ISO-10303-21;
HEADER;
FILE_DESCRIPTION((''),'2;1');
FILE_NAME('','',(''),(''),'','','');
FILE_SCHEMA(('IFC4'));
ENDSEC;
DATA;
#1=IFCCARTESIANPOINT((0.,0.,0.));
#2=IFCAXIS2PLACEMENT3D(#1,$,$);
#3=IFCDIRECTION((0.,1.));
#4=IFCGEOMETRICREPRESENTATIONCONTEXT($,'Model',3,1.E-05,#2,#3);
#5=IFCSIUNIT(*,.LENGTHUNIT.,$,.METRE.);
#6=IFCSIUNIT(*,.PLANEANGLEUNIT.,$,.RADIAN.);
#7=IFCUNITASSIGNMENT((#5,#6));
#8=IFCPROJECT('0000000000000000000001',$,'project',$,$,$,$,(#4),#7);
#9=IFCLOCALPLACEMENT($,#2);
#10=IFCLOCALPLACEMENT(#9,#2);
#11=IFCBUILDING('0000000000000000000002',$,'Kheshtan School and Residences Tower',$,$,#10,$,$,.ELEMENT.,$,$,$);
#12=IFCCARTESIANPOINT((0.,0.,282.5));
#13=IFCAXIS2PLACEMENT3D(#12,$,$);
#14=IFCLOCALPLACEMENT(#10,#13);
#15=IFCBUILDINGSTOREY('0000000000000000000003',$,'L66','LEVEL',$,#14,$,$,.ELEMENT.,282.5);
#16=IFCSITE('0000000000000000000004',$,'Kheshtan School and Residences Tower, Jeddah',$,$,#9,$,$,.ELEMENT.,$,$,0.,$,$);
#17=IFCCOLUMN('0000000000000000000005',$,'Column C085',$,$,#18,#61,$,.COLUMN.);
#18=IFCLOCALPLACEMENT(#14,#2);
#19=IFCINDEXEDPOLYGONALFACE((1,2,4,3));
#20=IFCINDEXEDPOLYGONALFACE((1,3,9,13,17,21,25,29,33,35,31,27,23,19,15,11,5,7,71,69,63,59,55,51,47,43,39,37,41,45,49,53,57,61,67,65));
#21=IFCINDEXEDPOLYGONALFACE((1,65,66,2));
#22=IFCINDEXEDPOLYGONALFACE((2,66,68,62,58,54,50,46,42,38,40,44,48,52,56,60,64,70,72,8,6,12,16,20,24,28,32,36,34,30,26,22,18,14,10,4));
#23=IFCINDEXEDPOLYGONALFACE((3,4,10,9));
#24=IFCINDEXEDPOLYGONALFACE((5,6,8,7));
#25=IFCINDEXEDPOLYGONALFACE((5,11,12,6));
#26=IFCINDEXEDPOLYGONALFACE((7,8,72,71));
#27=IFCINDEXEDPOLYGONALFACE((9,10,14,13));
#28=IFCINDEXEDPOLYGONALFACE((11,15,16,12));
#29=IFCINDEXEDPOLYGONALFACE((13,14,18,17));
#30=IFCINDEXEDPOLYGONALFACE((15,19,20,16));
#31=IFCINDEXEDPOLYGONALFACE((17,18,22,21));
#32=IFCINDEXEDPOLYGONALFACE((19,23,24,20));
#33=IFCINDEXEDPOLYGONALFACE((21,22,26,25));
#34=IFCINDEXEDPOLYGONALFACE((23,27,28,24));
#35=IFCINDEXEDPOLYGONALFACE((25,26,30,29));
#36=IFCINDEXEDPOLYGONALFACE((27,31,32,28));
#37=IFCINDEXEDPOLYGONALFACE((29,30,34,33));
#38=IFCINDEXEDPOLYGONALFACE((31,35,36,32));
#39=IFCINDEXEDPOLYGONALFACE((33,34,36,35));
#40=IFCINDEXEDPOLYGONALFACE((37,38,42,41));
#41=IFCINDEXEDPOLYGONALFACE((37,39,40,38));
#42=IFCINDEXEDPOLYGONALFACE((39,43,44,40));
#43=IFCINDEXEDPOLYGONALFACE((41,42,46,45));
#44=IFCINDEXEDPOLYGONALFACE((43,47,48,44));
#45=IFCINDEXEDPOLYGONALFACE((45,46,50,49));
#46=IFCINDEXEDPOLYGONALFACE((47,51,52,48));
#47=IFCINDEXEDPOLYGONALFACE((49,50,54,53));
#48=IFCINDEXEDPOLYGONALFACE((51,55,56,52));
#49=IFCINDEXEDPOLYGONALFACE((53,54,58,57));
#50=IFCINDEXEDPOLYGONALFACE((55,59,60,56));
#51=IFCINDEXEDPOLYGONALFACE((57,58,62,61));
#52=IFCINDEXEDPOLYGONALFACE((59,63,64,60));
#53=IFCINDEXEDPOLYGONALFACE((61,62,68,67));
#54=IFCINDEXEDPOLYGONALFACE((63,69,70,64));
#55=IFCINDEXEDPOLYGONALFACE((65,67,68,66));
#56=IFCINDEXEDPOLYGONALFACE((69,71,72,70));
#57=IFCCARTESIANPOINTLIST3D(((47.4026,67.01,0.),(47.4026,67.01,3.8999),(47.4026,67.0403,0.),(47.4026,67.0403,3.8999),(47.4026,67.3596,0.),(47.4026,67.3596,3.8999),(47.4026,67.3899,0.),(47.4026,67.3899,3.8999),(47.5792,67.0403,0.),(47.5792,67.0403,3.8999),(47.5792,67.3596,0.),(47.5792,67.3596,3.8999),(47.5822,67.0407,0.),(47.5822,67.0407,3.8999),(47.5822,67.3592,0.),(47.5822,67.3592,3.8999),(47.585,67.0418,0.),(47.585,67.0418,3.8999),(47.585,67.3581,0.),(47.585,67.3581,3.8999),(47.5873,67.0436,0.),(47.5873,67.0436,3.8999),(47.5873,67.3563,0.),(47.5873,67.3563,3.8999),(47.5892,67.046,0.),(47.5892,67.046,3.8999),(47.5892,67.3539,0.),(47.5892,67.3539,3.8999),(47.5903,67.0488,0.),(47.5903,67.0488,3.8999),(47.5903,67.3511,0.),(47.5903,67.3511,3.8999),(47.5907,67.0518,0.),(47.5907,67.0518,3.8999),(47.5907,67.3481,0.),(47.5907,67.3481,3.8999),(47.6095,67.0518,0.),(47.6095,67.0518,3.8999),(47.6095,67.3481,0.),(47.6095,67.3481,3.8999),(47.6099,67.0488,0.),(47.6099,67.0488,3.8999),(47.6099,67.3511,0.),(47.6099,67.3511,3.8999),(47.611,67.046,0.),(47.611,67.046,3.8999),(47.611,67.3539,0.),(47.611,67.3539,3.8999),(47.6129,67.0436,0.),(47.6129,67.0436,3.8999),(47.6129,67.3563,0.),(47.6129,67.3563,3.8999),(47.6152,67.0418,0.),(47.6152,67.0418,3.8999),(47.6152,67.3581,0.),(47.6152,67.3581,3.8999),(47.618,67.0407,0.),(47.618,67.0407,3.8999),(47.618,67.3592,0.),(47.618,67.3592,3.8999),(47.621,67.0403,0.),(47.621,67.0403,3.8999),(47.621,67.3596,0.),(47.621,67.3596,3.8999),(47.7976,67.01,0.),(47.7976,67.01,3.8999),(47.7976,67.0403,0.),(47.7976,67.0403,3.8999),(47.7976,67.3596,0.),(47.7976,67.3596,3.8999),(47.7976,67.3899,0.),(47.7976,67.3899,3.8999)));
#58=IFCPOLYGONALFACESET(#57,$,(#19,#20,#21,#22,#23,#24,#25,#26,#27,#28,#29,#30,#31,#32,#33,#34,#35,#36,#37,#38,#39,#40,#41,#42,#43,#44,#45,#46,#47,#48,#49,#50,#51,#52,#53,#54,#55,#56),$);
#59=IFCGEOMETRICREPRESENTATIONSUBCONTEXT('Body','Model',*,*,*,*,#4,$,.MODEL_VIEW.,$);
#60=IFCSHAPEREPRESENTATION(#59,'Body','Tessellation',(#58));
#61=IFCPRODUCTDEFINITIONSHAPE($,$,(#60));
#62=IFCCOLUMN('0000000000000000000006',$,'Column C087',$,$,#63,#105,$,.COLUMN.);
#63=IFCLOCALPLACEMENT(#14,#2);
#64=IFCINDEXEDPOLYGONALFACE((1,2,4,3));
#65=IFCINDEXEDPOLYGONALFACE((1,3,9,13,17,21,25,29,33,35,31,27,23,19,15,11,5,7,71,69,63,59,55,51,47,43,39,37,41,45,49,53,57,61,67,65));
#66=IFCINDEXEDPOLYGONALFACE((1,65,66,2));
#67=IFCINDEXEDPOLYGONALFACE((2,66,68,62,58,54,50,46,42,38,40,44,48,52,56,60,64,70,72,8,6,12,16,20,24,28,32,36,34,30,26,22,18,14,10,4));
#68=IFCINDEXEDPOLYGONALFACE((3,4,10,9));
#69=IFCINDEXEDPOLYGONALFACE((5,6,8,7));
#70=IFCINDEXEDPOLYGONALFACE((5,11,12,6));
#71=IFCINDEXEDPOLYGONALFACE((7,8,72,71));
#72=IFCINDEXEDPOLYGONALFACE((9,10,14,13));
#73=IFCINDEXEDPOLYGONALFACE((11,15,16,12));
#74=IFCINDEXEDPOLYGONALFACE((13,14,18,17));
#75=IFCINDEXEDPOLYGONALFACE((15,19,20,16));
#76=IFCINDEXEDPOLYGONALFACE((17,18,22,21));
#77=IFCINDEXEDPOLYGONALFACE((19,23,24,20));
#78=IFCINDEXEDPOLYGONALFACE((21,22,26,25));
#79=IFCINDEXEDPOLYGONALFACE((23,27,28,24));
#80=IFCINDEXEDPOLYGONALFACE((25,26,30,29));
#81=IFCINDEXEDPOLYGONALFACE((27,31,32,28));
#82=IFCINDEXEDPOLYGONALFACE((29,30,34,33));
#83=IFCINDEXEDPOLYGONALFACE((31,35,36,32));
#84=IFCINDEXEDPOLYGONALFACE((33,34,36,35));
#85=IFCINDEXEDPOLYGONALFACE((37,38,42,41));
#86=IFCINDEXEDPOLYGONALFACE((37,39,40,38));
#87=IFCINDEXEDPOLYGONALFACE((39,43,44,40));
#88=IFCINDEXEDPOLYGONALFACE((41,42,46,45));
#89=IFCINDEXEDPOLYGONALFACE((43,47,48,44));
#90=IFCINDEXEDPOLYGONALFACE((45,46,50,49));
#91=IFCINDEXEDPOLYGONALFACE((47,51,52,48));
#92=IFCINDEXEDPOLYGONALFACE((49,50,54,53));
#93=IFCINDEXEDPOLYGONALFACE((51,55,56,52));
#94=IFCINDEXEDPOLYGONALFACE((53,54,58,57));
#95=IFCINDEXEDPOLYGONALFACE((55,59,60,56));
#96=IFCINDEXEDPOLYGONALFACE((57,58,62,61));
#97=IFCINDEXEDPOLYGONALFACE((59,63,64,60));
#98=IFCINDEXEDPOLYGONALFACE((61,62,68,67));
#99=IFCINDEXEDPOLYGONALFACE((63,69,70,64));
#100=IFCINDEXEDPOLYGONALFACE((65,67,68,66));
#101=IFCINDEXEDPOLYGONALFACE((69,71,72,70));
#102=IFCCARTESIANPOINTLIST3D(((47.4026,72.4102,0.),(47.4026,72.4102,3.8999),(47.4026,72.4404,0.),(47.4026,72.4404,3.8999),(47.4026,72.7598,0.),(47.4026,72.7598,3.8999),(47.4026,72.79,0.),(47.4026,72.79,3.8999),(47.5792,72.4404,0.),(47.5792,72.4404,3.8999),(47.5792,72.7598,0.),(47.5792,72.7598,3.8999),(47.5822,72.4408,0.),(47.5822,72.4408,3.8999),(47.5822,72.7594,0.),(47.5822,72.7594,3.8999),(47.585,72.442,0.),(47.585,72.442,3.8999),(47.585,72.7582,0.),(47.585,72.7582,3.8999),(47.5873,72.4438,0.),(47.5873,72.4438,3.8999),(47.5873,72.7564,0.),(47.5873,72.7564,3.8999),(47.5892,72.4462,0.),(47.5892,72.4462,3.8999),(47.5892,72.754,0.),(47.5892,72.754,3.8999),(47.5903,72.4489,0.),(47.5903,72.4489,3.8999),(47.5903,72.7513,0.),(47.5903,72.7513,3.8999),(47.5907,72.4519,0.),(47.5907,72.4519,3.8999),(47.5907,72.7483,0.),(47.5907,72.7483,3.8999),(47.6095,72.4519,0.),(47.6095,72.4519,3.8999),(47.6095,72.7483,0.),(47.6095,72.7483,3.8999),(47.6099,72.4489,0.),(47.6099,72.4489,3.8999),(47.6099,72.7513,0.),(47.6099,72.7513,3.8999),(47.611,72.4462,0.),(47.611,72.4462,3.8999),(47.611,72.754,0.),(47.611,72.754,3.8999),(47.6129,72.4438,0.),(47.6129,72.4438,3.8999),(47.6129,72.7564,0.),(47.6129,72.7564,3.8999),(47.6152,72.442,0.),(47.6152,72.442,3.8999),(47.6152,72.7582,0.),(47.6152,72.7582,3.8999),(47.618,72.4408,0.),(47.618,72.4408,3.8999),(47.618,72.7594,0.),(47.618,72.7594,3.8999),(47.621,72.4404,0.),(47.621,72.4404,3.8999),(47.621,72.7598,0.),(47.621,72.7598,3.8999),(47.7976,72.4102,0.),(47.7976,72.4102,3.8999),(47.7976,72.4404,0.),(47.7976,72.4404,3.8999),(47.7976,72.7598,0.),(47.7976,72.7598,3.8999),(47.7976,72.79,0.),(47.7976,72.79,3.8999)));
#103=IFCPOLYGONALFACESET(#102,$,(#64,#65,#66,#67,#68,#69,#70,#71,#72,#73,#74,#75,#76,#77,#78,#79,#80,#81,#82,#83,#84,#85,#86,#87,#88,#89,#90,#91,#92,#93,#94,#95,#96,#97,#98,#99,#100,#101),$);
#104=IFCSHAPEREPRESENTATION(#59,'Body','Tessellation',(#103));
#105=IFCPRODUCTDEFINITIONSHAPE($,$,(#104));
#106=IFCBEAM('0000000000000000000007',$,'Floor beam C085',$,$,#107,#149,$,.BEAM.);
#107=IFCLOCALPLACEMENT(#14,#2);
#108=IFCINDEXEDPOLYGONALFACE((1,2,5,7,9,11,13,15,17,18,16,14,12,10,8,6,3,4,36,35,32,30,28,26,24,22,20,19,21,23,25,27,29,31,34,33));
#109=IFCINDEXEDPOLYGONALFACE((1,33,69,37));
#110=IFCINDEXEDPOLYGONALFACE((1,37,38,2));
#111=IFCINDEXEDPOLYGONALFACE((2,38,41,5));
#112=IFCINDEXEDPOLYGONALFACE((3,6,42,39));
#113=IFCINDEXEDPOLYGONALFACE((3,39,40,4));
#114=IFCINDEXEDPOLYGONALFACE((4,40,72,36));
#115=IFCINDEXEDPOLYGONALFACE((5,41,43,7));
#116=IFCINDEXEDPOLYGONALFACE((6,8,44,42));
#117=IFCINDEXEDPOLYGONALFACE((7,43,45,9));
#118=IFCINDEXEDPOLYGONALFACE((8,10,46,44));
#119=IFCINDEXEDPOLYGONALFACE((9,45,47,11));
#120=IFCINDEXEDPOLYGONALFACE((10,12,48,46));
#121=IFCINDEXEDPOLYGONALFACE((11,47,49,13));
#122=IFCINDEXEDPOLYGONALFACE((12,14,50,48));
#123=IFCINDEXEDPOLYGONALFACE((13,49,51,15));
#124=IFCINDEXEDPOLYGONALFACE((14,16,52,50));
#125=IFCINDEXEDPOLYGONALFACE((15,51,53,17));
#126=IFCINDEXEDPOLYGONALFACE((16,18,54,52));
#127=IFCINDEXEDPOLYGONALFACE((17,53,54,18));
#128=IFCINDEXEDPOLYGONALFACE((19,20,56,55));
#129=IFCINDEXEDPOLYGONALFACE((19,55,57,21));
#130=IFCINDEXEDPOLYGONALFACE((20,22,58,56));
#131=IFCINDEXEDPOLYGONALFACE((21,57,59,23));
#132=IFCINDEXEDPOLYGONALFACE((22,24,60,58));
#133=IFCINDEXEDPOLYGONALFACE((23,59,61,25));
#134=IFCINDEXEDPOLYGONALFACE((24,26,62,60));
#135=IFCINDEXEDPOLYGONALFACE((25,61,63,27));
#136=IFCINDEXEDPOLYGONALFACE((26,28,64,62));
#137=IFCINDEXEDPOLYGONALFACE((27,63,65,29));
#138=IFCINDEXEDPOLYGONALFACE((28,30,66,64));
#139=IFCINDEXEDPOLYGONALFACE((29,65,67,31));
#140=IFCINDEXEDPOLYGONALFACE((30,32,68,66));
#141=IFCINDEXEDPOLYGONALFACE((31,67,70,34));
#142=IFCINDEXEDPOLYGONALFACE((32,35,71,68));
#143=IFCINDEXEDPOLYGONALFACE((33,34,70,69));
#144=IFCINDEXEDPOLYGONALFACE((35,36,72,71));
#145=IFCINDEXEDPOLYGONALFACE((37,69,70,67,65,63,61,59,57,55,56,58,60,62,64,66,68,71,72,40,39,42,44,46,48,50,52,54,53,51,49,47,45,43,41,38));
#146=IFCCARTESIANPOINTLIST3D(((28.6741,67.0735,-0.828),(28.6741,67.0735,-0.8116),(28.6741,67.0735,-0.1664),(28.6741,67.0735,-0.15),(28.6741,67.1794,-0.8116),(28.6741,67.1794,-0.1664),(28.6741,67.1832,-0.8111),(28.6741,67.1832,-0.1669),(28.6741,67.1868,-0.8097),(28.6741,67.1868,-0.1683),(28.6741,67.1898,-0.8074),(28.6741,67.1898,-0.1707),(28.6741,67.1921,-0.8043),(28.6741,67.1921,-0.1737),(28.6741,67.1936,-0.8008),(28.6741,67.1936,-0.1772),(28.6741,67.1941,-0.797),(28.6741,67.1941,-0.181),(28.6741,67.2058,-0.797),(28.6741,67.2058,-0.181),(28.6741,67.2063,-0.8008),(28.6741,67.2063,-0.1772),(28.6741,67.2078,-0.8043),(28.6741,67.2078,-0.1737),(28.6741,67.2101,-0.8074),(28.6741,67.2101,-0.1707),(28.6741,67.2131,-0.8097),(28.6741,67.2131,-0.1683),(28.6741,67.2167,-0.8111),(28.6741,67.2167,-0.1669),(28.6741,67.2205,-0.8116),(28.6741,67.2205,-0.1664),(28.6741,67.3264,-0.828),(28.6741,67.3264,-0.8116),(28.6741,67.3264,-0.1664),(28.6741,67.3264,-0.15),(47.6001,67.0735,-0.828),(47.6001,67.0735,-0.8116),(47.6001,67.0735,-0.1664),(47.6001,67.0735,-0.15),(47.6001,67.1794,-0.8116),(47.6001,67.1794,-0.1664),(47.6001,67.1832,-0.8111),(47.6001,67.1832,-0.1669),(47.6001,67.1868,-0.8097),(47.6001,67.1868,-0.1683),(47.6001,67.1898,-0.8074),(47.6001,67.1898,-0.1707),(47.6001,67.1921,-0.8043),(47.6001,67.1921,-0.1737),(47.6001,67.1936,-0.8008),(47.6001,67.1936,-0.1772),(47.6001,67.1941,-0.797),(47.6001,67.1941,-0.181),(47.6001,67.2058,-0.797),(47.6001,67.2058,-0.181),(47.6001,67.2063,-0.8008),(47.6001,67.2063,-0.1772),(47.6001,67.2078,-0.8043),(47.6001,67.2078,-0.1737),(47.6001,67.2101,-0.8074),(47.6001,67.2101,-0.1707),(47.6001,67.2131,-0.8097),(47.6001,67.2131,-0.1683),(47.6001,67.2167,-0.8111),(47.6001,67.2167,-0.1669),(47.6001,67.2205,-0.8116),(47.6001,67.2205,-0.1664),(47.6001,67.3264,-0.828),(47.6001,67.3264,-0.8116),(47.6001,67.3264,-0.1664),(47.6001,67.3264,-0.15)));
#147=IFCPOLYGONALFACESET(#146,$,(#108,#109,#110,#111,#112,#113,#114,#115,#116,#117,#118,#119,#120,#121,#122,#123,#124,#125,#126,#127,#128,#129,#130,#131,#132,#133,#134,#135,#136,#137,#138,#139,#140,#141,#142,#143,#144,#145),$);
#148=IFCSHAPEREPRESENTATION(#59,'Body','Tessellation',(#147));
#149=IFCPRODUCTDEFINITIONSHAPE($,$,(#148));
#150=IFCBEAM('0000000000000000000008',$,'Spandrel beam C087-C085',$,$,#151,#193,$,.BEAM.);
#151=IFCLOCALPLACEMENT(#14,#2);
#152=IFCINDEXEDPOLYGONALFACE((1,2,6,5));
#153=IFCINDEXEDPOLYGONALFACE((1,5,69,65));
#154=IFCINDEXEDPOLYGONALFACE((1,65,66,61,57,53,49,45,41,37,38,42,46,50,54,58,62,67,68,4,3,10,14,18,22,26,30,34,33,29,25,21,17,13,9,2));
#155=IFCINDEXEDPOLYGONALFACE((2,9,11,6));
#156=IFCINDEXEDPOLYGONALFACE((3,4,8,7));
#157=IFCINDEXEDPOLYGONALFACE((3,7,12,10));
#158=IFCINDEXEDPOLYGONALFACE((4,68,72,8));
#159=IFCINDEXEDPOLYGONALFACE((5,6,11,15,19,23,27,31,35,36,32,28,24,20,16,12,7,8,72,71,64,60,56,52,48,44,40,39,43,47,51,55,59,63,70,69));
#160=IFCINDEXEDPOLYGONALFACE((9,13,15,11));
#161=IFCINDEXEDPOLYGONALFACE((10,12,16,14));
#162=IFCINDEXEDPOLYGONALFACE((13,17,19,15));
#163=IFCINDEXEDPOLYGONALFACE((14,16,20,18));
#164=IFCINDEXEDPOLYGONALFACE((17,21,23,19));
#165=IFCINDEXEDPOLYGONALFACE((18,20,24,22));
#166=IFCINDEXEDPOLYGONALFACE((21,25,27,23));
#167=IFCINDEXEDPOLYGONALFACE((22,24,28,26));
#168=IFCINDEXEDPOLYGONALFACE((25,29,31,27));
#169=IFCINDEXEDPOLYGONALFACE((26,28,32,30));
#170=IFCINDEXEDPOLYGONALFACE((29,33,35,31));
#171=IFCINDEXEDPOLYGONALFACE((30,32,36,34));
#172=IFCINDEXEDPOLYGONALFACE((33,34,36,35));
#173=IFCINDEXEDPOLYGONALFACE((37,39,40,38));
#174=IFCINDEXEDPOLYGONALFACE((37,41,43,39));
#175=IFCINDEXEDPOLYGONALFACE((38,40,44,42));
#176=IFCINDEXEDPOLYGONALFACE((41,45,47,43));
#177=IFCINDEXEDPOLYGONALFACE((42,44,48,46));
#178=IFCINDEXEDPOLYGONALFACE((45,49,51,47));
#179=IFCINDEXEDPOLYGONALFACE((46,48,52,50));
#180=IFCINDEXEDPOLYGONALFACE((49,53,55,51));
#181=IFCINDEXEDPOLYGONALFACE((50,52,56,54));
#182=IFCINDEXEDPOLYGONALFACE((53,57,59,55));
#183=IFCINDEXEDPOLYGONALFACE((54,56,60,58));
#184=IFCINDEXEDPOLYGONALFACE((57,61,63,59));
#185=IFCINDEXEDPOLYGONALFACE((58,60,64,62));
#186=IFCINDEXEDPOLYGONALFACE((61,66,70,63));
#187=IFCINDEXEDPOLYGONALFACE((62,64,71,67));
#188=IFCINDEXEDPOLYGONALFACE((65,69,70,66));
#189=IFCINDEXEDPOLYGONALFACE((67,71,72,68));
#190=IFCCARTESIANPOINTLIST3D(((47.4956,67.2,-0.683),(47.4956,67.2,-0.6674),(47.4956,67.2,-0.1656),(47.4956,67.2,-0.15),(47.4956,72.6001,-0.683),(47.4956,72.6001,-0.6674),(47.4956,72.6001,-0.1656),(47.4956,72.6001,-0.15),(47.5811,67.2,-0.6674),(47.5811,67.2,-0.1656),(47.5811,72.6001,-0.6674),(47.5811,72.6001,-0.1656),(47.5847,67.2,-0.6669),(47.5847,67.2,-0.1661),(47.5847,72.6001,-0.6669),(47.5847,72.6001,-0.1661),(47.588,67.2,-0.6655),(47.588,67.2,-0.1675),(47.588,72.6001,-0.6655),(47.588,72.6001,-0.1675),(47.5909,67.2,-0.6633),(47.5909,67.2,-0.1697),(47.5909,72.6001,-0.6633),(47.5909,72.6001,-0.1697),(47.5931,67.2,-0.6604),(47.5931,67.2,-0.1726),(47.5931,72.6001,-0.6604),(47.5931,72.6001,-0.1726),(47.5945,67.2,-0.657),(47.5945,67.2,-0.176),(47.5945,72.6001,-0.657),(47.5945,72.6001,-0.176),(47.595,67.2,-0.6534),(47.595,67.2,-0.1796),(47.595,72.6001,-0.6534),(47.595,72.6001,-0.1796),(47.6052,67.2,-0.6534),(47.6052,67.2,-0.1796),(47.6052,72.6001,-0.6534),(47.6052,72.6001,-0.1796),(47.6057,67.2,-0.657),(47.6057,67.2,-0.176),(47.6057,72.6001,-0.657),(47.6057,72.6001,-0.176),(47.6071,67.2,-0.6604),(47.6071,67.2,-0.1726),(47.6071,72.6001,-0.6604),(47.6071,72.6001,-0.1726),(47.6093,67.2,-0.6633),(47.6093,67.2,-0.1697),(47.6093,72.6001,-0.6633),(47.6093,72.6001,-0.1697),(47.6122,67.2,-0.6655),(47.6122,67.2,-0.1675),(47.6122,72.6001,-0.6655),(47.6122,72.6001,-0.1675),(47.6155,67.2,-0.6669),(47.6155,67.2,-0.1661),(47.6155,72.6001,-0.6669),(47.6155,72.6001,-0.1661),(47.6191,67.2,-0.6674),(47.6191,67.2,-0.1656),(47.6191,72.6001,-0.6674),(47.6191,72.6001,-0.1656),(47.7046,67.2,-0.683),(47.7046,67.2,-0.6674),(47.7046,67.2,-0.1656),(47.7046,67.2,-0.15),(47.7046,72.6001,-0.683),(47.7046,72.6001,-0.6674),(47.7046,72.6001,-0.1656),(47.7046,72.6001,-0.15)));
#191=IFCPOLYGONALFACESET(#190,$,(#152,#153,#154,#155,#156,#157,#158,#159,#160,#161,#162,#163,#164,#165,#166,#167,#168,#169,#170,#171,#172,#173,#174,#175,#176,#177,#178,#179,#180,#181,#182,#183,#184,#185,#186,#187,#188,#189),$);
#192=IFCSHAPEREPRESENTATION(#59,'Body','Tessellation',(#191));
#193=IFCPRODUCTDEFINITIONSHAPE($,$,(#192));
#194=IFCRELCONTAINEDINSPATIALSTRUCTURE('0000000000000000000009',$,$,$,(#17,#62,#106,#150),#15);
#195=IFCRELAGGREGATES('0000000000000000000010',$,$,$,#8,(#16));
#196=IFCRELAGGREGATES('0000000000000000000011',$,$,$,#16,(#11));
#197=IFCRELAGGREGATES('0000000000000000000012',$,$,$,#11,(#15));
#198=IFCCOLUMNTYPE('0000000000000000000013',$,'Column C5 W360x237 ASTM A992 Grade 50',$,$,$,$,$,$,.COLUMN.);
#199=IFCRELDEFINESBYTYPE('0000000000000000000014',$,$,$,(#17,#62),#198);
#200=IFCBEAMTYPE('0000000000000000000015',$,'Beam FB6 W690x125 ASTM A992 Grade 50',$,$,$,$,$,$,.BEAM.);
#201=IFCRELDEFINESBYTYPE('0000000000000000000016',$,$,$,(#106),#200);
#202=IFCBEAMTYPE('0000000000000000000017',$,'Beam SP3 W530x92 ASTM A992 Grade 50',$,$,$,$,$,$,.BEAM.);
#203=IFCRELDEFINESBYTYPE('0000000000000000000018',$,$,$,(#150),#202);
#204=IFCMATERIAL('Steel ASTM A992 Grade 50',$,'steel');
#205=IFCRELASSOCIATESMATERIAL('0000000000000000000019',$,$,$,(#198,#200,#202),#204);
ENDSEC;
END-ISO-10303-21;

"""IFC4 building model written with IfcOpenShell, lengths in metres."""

from ifc_helpers import new_model, si_unit, direction, frame, origin, origin_2d, place, context, subcontext, project, spatial, i_section, extrude, material, material_profile, profile_set, type_object, element, save


model = new_model("IFC4")

# Units and contexts
model_context = context("Model", 3, precision=1e-05, world=origin(), true_north=direction((0.0, 1.0)))
body_context = subcontext(model_context, "Body", "Model", "MODEL_VIEW")
ifc_project = project(units=[si_unit("LENGTHUNIT", "METRE"), si_unit("PLANEANGLEUNIT", "RADIAN")], contexts=[model_context])

# Site, building, storey
site_placement = place(None, origin())
site = spatial("IfcSite", under=ifc_project, at=site_placement, Name="Kheshtan School and Residences Tower, Jeddah", CompositionType="ELEMENT", RefElevation=0.0)
building_placement = place(site_placement, origin())
building = spatial("IfcBuilding", under=site, at=building_placement, Name="Kheshtan School and Residences Tower", CompositionType="ELEMENT")
storey_placement = place(building_placement, frame((0.0, 0.0, 282.5)))
storey = spatial("IfcBuildingStorey", under=building, at=storey_placement, Name="L66", Description="LEVEL", CompositionType="ELEMENT", Elevation=282.5)

# Columns
ifc_material_1 = material(Name="Steel ASTM A992 Grade 50", Category="steel")
ifc_material_profile_1 = material_profile(ifc_material_1, i_section(OverallWidth=0.395, OverallDepth=0.3799, WebThickness=0.0188, FlangeThickness=0.0303, FilletRadius=0.0115, at=origin_2d()), Name="W360x237")
ifc_profile_set_1 = profile_set([ifc_material_profile_1], Name="Steel ASTM A992 Grade 50")
column_type = type_object("IfcColumnType", Name="Column C5 W360x237 ASTM A992 Grade 50", PredefinedType="COLUMN", material=ifc_profile_set_1)
for number, where, z_axis, x_axis, name in (
    (1, (47.6001, 67.2, 0.0), (0.0, 0.0, 1.0), (1.0, 0.0, 0.0), "Column C085"),
    (2, (47.6001, 72.6001, 0.0), (0.0, 0.0, 1.0), (1.0, 0.0, 0.0), "Column C087"),
):
    element("IfcColumn", number, at=place(storey_placement, frame(where, z_axis=z_axis, x_axis=x_axis)), inside=storey, type_object=column_type, Name=name, PredefinedType="COLUMN", context=body_context, shape_type="SweptSolid", body=[
        extrude(i_section(OverallWidth=0.395, OverallDepth=0.3799, WebThickness=0.0188, FlangeThickness=0.0303, FilletRadius=0.0115, at=origin_2d()), origin(), (0.0, 0.0, 1.0), 3.8999),
    ])

# Beams
ifc_material_profile_2 = material_profile(ifc_material_1, i_section(OverallWidth=0.2529, OverallDepth=0.678, WebThickness=0.0117, FlangeThickness=0.0164, FilletRadius=0.0146, at=origin_2d()), Name="W690x125")
ifc_profile_set_2 = profile_set([ifc_material_profile_2], Name="Steel ASTM A992 Grade 50")
beam_type_1 = type_object("IfcBeamType", Name="Beam FB6 W690x125 ASTM A992 Grade 50", PredefinedType="BEAM", material=ifc_profile_set_2)
beam_1_placement = place(storey_placement, frame((47.6001, 67.2, -0.489), z_axis=(-1.0, 0.0, 0.0), x_axis=(0.0, -1.0, 0.0)))
element("IfcBeam", 3, at=beam_1_placement, inside=storey, type_object=beam_type_1, Name="Floor beam C085", PredefinedType="BEAM", context=body_context, shape_type="SweptSolid", body=[
    extrude(i_section(OverallWidth=0.2529, OverallDepth=0.678, WebThickness=0.0117, FlangeThickness=0.0164, FilletRadius=0.0146, at=origin_2d()), origin(), (0.0, 0.0, 1.0), 18.926),
])
ifc_material_profile_3 = material_profile(ifc_material_1, i_section(OverallWidth=0.209, OverallDepth=0.533, WebThickness=0.0103, FlangeThickness=0.0156, FilletRadius=0.0139, at=origin_2d()), Name="W530x92")
ifc_profile_set_3 = profile_set([ifc_material_profile_3], Name="Steel ASTM A992 Grade 50")
beam_type_2 = type_object("IfcBeamType", Name="Beam SP3 W530x92 ASTM A992 Grade 50", PredefinedType="BEAM", material=ifc_profile_set_3)
beam_2_placement = place(storey_placement, frame((47.6001, 72.6001, -0.4165), z_axis=(0.0, -1.0, 0.0), x_axis=(1.0, 0.0, 0.0)))
element("IfcBeam", 4, at=beam_2_placement, inside=storey, type_object=beam_type_2, Name="Spandrel beam C087-C085", PredefinedType="BEAM", context=body_context, shape_type="SweptSolid", body=[
    extrude(i_section(OverallWidth=0.209, OverallDepth=0.533, WebThickness=0.0103, FlangeThickness=0.0156, FilletRadius=0.0139, at=origin_2d()), origin(), (0.0, 0.0, 1.0), 5.4001),
])

save(model, "model.ifc")
